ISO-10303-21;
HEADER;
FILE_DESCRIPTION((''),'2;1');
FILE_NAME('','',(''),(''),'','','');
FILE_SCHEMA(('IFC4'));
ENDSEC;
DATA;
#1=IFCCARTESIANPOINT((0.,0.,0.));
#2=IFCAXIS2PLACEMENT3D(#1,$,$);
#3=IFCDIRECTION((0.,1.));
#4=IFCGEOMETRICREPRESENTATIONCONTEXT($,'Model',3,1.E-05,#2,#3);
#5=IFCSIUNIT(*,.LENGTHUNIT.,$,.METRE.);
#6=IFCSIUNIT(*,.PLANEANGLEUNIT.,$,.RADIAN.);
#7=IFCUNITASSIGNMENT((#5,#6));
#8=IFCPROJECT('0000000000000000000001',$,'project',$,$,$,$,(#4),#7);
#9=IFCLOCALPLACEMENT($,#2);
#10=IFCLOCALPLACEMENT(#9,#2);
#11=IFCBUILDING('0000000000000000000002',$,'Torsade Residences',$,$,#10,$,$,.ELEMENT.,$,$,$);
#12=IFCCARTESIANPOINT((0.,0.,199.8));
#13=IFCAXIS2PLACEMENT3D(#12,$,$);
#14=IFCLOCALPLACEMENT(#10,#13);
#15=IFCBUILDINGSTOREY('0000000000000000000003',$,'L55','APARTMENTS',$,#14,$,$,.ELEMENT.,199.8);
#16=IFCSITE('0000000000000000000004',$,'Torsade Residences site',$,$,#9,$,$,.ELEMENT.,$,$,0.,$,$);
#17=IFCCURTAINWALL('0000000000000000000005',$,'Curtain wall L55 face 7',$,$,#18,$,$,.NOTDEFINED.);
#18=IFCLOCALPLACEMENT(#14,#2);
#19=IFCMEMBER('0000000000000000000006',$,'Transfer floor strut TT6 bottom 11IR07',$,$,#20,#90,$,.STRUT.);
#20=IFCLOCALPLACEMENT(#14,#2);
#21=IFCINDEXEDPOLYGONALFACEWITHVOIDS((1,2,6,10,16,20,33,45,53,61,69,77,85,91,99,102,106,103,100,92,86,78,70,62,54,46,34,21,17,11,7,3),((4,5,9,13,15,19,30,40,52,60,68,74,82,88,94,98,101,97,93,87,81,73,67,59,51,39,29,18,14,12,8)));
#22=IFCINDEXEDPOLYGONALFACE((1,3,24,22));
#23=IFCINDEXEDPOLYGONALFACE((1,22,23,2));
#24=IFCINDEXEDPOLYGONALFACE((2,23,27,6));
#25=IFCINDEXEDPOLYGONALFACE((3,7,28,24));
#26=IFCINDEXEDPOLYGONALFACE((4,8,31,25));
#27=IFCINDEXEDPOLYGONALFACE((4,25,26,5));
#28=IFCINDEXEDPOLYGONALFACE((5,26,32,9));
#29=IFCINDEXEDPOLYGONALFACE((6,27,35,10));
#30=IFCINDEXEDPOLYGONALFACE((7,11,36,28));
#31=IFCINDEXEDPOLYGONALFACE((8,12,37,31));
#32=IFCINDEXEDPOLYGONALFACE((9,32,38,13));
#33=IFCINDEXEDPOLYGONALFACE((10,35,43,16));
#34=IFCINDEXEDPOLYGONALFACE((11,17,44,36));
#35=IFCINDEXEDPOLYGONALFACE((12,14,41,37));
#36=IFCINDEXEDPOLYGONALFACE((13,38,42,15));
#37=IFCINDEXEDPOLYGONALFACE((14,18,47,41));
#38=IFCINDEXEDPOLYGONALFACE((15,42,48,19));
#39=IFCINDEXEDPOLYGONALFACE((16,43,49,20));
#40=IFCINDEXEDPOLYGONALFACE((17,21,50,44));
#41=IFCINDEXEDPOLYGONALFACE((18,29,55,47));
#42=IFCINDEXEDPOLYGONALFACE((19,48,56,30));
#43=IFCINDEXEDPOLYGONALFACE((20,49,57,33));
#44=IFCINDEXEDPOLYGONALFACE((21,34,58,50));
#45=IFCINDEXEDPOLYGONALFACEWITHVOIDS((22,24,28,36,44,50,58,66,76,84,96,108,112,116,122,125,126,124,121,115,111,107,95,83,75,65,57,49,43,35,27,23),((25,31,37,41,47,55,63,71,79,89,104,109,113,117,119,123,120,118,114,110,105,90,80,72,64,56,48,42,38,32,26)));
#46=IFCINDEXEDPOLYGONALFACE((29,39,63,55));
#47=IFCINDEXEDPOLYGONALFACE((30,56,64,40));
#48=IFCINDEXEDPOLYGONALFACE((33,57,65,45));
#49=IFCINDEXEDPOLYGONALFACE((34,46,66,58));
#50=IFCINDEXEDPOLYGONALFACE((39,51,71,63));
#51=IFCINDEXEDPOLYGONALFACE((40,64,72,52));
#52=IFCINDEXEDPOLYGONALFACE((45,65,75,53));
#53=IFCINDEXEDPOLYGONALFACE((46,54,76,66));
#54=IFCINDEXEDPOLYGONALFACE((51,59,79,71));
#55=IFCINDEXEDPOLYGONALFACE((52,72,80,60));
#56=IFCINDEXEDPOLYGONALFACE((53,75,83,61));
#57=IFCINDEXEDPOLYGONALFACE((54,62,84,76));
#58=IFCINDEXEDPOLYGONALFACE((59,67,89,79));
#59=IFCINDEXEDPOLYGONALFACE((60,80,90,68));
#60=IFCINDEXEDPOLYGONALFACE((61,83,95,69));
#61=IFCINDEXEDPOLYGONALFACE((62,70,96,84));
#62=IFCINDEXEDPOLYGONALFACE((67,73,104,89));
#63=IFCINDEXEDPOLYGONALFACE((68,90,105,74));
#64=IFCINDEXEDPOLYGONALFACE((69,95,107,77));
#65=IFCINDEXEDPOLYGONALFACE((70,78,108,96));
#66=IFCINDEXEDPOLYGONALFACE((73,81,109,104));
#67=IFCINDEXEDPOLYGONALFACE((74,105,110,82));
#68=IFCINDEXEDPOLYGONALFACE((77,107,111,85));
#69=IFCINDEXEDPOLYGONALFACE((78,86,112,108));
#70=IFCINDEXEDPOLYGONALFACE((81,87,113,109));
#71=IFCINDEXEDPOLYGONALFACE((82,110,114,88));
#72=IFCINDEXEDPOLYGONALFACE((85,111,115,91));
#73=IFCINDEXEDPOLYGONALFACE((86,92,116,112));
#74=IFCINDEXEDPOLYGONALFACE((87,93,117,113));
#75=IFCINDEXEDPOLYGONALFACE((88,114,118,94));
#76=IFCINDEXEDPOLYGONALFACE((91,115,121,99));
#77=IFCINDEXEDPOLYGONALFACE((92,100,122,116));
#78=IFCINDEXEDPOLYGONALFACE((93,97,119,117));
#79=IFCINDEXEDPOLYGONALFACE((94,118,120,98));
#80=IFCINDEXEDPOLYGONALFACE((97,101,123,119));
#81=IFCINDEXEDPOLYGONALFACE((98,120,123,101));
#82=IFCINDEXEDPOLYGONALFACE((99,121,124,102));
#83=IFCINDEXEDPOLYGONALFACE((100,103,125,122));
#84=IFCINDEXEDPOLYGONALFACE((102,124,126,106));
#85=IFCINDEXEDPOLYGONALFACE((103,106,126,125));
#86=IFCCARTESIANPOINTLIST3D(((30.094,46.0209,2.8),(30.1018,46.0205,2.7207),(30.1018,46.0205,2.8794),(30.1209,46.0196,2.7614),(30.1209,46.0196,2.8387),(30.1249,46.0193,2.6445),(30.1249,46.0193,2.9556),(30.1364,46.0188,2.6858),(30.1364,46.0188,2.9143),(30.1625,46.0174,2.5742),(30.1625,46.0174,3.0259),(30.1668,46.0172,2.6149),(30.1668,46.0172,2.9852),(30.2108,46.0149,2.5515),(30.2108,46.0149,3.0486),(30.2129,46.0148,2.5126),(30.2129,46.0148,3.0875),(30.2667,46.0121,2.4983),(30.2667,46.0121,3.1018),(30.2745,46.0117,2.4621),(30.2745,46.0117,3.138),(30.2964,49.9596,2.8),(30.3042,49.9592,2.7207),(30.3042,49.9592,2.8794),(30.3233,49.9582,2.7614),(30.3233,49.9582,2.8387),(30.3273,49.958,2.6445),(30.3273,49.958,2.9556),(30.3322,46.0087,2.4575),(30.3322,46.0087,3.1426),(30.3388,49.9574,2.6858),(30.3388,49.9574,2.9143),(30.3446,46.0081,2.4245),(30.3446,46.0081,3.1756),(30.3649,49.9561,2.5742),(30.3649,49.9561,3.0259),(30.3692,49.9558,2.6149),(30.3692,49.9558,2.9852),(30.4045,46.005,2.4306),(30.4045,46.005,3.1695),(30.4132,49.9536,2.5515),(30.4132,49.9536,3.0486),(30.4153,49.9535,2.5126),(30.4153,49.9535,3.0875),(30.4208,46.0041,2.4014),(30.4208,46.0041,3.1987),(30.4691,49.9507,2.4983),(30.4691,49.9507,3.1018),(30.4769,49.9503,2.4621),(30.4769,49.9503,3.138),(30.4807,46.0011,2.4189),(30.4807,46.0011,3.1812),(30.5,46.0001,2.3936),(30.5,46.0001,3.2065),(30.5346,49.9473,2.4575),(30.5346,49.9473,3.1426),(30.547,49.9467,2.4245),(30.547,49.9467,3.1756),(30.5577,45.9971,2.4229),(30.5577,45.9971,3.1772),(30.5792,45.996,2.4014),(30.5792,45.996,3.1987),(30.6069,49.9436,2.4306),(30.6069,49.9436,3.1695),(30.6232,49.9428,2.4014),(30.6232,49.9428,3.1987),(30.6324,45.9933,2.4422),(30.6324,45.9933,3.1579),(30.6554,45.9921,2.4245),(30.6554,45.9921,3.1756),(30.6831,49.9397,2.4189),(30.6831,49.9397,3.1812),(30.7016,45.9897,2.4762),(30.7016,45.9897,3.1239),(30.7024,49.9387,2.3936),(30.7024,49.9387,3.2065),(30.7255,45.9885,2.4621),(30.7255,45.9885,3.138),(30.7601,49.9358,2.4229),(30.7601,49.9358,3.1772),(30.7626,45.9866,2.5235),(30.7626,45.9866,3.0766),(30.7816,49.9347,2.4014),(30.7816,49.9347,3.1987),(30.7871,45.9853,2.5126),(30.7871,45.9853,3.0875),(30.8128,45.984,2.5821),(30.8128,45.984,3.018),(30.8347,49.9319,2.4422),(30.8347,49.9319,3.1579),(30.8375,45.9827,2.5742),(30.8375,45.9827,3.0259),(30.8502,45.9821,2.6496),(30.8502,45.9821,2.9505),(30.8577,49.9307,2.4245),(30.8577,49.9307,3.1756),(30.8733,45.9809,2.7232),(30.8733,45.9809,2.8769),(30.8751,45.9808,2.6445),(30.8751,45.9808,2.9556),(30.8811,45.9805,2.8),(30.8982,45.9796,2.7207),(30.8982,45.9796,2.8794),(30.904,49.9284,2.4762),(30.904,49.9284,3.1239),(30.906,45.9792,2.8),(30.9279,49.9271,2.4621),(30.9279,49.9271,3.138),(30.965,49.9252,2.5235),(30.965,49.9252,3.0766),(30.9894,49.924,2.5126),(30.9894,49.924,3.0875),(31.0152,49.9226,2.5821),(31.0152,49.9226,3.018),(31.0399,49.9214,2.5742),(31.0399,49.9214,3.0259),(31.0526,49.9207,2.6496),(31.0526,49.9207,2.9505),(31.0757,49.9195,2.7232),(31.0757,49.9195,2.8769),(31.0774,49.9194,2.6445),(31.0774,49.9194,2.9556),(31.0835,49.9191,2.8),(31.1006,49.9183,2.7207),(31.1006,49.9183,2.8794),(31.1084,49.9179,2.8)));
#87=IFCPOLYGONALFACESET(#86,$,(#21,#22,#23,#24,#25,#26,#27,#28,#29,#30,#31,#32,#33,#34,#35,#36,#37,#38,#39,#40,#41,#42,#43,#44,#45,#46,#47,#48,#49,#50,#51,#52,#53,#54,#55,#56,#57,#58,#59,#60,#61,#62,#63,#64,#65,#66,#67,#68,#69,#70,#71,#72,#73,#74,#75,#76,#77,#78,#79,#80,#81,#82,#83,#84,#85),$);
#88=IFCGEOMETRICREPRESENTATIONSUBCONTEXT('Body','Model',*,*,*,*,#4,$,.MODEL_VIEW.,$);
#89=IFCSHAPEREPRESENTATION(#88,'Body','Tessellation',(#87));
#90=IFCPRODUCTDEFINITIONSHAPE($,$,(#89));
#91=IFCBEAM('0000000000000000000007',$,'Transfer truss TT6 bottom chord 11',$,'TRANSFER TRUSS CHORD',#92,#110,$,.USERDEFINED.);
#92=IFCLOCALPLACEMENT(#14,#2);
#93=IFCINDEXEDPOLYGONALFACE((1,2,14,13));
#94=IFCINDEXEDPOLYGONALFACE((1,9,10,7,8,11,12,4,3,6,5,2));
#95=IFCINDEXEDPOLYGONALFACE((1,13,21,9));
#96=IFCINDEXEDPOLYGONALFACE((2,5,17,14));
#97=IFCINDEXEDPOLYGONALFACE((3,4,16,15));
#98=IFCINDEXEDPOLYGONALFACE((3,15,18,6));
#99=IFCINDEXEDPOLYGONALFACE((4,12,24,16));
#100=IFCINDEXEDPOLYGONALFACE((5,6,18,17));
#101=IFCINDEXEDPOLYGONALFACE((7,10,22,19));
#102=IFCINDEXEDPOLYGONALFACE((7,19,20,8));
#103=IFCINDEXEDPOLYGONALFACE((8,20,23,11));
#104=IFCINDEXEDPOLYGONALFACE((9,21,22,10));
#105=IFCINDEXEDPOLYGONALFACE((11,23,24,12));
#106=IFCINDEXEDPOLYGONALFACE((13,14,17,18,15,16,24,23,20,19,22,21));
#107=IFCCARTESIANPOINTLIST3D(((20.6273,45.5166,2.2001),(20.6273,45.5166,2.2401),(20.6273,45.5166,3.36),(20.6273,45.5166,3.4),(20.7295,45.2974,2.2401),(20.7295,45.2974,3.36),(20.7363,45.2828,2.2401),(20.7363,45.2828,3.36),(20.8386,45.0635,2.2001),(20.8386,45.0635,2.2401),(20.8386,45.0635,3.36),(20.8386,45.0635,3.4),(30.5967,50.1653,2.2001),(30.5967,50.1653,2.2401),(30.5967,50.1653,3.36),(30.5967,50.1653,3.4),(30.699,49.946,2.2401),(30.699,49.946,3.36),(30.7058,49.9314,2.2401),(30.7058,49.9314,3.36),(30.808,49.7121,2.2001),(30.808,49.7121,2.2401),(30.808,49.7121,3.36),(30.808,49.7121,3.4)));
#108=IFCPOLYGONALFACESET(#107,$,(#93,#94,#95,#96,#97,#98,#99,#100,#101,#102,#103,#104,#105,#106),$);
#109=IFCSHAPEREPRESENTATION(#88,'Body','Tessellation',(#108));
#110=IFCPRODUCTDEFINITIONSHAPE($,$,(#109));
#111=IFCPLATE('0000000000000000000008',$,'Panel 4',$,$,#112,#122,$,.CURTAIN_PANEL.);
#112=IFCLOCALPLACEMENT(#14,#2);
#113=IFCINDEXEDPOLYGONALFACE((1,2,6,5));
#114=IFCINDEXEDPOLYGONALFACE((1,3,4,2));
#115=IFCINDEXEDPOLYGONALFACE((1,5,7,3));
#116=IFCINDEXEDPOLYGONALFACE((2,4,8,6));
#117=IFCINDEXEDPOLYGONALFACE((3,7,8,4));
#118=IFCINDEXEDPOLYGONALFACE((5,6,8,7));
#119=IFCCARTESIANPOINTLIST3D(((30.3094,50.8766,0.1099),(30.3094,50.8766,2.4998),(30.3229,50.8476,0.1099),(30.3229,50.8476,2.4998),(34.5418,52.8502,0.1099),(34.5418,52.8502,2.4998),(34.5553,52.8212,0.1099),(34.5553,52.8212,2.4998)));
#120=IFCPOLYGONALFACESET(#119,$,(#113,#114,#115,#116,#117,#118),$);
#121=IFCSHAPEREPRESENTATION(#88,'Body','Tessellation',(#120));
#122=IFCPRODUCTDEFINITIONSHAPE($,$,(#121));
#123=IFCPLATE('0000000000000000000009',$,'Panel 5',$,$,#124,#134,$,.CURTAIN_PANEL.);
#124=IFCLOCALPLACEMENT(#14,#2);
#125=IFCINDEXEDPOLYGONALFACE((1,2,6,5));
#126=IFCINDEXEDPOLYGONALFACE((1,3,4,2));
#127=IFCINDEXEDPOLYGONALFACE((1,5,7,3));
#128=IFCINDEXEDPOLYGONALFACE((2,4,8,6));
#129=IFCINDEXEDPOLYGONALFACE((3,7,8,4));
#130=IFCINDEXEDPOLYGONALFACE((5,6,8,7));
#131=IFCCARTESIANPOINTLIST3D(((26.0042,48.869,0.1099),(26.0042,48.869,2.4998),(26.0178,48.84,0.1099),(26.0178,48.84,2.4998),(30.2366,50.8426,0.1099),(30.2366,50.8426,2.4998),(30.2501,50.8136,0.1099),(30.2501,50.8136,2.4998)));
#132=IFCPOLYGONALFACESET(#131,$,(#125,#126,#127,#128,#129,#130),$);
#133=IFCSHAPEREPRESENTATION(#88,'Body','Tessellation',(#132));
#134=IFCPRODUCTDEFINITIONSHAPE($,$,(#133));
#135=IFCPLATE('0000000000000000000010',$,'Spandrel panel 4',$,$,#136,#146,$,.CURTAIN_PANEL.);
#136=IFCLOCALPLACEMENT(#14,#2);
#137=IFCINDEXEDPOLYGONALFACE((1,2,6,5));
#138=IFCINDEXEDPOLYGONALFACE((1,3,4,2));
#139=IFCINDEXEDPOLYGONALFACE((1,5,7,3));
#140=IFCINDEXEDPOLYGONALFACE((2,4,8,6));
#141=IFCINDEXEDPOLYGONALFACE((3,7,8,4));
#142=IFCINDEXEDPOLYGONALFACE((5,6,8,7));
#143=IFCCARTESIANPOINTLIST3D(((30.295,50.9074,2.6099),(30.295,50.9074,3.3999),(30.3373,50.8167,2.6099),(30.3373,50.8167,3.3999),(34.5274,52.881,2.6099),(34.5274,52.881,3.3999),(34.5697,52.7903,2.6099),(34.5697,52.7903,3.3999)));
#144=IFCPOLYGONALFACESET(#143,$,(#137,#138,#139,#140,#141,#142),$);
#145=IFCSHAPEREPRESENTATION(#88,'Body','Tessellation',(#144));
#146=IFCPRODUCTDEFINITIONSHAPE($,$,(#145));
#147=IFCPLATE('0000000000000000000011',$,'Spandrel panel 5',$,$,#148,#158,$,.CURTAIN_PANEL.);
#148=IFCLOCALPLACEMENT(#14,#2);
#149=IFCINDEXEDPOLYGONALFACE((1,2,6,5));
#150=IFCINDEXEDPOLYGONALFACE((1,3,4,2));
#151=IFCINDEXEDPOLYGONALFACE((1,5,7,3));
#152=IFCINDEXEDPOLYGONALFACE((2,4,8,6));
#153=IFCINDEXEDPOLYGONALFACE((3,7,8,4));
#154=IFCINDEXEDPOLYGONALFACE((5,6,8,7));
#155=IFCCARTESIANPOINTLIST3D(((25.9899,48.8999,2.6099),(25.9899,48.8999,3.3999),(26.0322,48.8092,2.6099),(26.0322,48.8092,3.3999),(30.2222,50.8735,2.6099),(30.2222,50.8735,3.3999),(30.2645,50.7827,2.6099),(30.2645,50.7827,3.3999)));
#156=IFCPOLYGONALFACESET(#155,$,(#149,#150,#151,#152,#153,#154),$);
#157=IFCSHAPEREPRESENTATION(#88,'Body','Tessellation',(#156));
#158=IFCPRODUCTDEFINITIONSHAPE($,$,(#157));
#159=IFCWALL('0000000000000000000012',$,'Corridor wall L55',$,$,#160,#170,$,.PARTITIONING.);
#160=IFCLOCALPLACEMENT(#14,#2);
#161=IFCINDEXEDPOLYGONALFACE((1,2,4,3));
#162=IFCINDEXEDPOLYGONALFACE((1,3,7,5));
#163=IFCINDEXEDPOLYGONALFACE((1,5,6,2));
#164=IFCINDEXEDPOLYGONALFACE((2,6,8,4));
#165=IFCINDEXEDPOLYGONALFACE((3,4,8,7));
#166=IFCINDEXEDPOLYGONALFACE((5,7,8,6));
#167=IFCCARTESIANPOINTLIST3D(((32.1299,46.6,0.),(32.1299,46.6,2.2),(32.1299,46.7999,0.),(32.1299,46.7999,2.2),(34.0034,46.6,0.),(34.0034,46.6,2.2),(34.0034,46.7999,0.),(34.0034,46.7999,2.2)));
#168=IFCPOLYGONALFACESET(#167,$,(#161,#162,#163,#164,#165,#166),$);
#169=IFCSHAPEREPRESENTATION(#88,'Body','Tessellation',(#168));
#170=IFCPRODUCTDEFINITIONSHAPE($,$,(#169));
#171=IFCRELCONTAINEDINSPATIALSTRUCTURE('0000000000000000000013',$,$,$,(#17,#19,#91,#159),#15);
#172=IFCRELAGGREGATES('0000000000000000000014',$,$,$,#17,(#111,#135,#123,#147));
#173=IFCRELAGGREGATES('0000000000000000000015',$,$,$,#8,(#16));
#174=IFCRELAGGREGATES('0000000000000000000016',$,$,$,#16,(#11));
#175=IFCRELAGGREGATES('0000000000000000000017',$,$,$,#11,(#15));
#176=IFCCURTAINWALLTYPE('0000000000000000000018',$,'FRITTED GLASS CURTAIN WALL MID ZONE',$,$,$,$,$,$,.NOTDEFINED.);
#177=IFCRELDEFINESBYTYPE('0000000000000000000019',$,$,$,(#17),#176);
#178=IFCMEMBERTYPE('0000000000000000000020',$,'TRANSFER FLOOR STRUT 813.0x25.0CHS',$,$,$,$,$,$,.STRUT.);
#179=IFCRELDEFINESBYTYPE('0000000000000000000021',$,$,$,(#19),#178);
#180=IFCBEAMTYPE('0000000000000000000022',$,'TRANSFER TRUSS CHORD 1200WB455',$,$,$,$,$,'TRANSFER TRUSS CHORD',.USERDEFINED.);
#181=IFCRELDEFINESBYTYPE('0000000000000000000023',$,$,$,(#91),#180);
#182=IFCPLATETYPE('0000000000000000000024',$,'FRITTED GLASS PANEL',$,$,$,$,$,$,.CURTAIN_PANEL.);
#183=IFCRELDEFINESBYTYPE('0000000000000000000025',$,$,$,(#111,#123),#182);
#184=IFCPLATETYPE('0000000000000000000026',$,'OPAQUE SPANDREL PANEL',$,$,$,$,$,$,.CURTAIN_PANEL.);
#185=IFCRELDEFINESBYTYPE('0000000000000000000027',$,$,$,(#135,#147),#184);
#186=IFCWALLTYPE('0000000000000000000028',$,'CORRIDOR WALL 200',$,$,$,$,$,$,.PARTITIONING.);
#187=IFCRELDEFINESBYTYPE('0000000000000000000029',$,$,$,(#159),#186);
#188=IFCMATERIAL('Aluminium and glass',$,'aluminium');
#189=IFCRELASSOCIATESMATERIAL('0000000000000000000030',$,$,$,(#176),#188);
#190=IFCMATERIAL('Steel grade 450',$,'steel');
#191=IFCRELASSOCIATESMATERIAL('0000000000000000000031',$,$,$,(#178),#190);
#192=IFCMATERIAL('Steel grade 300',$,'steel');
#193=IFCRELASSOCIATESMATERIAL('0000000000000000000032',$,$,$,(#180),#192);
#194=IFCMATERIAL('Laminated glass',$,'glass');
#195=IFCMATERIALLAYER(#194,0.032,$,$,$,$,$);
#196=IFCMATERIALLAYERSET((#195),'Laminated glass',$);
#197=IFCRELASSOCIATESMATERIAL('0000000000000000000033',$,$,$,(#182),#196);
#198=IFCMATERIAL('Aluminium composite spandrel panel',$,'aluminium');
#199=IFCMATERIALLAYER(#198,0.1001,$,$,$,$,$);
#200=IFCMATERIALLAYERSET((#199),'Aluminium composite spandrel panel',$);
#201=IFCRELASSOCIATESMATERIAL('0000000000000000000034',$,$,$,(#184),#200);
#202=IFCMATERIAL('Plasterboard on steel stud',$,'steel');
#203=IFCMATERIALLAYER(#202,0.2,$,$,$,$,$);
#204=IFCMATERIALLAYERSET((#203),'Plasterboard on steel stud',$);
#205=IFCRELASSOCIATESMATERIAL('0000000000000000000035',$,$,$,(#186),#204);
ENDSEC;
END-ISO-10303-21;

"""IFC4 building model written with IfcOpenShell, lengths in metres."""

from ifc_helpers import new_model, si_unit, direction, frame, frame_2d, origin, origin_2d, place, context, subcontext, project, spatial, rectangle, hollow_circle, i_section, extrude, material, layer, layer_set, material_profile, profile_set, type_object, element, aggregate, save


model = new_model("IFC4")

# Units and contexts
model_context = context("Model", 3, precision=1e-05, world=origin(), true_north=direction((0.0, 1.0)))
body_context = subcontext(model_context, "Body", "Model", "MODEL_VIEW")
ifc_project = project(units=[si_unit("LENGTHUNIT", "METRE"), si_unit("PLANEANGLEUNIT", "RADIAN")], contexts=[model_context])

# Site, building, storey
site_placement = place(None, origin())
site = spatial("IfcSite", under=ifc_project, at=site_placement, Name="Torsade Residences site", CompositionType="ELEMENT", RefElevation=0.0)
building_placement = place(site_placement, origin())
building = spatial("IfcBuilding", under=site, at=building_placement, Name="Torsade Residences", CompositionType="ELEMENT")
storey_placement = place(building_placement, frame((0.0, 0.0, 199.8)))
storey = spatial("IfcBuildingStorey", under=building, at=storey_placement, Name="L55", Description="APARTMENTS", CompositionType="ELEMENT", Elevation=199.8)

# Curtain wall
ifc_material_1 = material(Name="Aluminium and glass", Category="aluminium")
curtain_wall_type = type_object("IfcCurtainWallType", Name="FRITTED GLASS CURTAIN WALL MID ZONE", PredefinedType="NOTDEFINED", material=ifc_material_1)
curtain_wall_placement = place(storey_placement, origin())
curtain_wall = element("IfcCurtainWall", 1, at=curtain_wall_placement, inside=storey, type_object=curtain_wall_type, Name="Curtain wall L55 face 7", PredefinedType="NOTDEFINED")

# Member
ifc_material_2 = material(Name="Steel grade 450", Category="steel")
ifc_material_profile_1 = material_profile(ifc_material_2, hollow_circle(Radius=0.4065, WallThickness=0.0249, at=origin_2d()), Name="813.0x25.0CHS")
ifc_profile_set_1 = profile_set([ifc_material_profile_1], Name="Steel grade 450")
member_type_1 = type_object("IfcMemberType", Name="TRANSFER FLOOR STRUT 813.0x25.0CHS", PredefinedType="STRUT", material=ifc_profile_set_1)
member_1_placement = place(storey_placement, frame((30.7024, 49.9387, 2.8), z_axis=(-0.051318, -0.998682, 0.0), x_axis=(0.998682, -0.051318, 0.0)))
element("IfcMember", 2, at=member_1_placement, inside=storey, type_object=member_type_1, Name="Transfer floor strut TT6 bottom 11IR07", PredefinedType="STRUT", context=body_context, shape_type="SweptSolid", body=[
    extrude(hollow_circle(Radius=0.4065, WallThickness=0.0249, at=origin_2d()), origin(), (0.0, 0.0, 1.0), 3.9438),
])

# Beam
ifc_material_3 = material(Name="Steel grade 300", Category="steel")
ifc_material_profile_2 = material_profile(ifc_material_3, i_section(OverallWidth=0.5, OverallDepth=1.2, WebThickness=0.0161, FlangeThickness=0.04, at=origin_2d()), Name="1200WB455")
ifc_profile_set_2 = profile_set([ifc_material_profile_2], Name="Steel grade 300")
beam_type_1 = type_object("IfcBeamType", Name="TRANSFER TRUSS CHORD 1200WB455", ElementType="TRANSFER TRUSS CHORD", PredefinedType="USERDEFINED", material=ifc_profile_set_2)
beam_1_placement = place(storey_placement, frame((30.7024, 49.9387, 2.8), z_axis=(-0.906314, -0.422606, 0.0), x_axis=(0.422606, -0.906314, 0.0)))
element("IfcBeam", 3, at=beam_1_placement, inside=storey, type_object=beam_type_1, Name="Transfer truss TT6 bottom chord 11", ObjectType="TRANSFER TRUSS CHORD", PredefinedType="USERDEFINED", context=body_context, shape_type="SweptSolid", body=[
    extrude(i_section(OverallWidth=0.5, OverallDepth=1.2, WebThickness=0.0161, FlangeThickness=0.04, at=origin_2d()), origin(), (0.0, 0.0, 1.0), 11.0),
])

# Plates
ifc_material_4 = material(Name="Laminated glass", Category="glass")
ifc_layer_1 = layer(ifc_material_4, 0.032)
ifc_layer_set_1 = layer_set([ifc_layer_1], Name="Laminated glass")
plate_type_1 = type_object("IfcPlateType", Name="FRITTED GLASS PANEL", PredefinedType="CURTAIN_PANEL", material=ifc_layer_set_1)
plate_1_placement = place(storey_placement, frame((32.4324, 51.8489, 0.1099), z_axis=(0.0, 0.0, 1.0), x_axis=(-0.906308, -0.422618, 0.0)))
plate_1 = element("IfcPlate", 4, at=plate_1_placement, type_object=plate_type_1, Name="Panel 4", PredefinedType="CURTAIN_PANEL", context=body_context, shape_type="SweptSolid", body=[
    extrude(rectangle(XDim=4.6699, YDim=0.032, at=origin_2d()), origin(), (0.0, 0.0, 1.0), 2.3899),
])
plate_2_placement = place(storey_placement, frame((28.1272, 49.8413, 0.1099), z_axis=(0.0, 0.0, 1.0), x_axis=(-0.906308, -0.422618, 0.0)))
plate_2 = element("IfcPlate", 5, at=plate_2_placement, type_object=plate_type_1, Name="Panel 5", PredefinedType="CURTAIN_PANEL", context=body_context, shape_type="SweptSolid", body=[
    extrude(rectangle(XDim=4.6699, YDim=0.032, at=origin_2d()), origin(), (0.0, 0.0, 1.0), 2.3899),
])
ifc_material_5 = material(Name="Aluminium composite spandrel panel", Category="aluminium")
ifc_layer_2 = layer(ifc_material_5, 0.1001)
ifc_layer_set_2 = layer_set([ifc_layer_2], Name="Aluminium composite spandrel panel")
plate_type_2 = type_object("IfcPlateType", Name="OPAQUE SPANDREL PANEL", PredefinedType="CURTAIN_PANEL", material=ifc_layer_set_2)
plate_3_placement = place(storey_placement, frame((32.4324, 51.8489, 2.6099), z_axis=(0.0, 0.0, 1.0), x_axis=(-0.906308, -0.422618, 0.0)))
plate_3 = element("IfcPlate", 6, at=plate_3_placement, type_object=plate_type_2, Name="Spandrel panel 4", PredefinedType="CURTAIN_PANEL", context=body_context, shape_type="SweptSolid", body=[
    extrude(rectangle(XDim=4.6699, YDim=0.1001, at=origin_2d()), origin(), (0.0, 0.0, 1.0), 0.79),
])
plate_4_placement = place(storey_placement, frame((28.1272, 49.8413, 2.6099), z_axis=(0.0, 0.0, 1.0), x_axis=(-0.906308, -0.422618, 0.0)))
plate_4 = element("IfcPlate", 7, at=plate_4_placement, type_object=plate_type_2, Name="Spandrel panel 5", PredefinedType="CURTAIN_PANEL", context=body_context, shape_type="SweptSolid", body=[
    extrude(rectangle(XDim=4.6699, YDim=0.1001, at=origin_2d()), origin(), (0.0, 0.0, 1.0), 0.79),
])
aggregate(curtain_wall, [plate_1, plate_3, plate_2, plate_4])

# Wall
ifc_material_6 = material(Name="Plasterboard on steel stud", Category="steel")
ifc_layer_3 = layer(ifc_material_6, 0.2)
ifc_layer_set_3 = layer_set([ifc_layer_3], Name="Plasterboard on steel stud")
wall_type_1 = type_object("IfcWallType", Name="CORRIDOR WALL 200", PredefinedType="PARTITIONING", material=ifc_layer_set_3)
wall_1_placement = place(storey_placement, frame((34.0034, 46.7, 0.0), z_axis=(0.0, 0.0, 1.0), x_axis=(-1.0, 0.0, 0.0)))
element("IfcWall", 8, at=wall_1_placement, inside=storey, type_object=wall_type_1, Name="Corridor wall L55", PredefinedType="PARTITIONING", context=body_context, shape_type="SweptSolid", body=[
    extrude(rectangle(XDim=1.8735, YDim=0.2, at=frame_2d((0.9368, 0.0))), origin(), (0.0, 0.0, 1.0), 2.2),
])

save(model, "model.ifc")
